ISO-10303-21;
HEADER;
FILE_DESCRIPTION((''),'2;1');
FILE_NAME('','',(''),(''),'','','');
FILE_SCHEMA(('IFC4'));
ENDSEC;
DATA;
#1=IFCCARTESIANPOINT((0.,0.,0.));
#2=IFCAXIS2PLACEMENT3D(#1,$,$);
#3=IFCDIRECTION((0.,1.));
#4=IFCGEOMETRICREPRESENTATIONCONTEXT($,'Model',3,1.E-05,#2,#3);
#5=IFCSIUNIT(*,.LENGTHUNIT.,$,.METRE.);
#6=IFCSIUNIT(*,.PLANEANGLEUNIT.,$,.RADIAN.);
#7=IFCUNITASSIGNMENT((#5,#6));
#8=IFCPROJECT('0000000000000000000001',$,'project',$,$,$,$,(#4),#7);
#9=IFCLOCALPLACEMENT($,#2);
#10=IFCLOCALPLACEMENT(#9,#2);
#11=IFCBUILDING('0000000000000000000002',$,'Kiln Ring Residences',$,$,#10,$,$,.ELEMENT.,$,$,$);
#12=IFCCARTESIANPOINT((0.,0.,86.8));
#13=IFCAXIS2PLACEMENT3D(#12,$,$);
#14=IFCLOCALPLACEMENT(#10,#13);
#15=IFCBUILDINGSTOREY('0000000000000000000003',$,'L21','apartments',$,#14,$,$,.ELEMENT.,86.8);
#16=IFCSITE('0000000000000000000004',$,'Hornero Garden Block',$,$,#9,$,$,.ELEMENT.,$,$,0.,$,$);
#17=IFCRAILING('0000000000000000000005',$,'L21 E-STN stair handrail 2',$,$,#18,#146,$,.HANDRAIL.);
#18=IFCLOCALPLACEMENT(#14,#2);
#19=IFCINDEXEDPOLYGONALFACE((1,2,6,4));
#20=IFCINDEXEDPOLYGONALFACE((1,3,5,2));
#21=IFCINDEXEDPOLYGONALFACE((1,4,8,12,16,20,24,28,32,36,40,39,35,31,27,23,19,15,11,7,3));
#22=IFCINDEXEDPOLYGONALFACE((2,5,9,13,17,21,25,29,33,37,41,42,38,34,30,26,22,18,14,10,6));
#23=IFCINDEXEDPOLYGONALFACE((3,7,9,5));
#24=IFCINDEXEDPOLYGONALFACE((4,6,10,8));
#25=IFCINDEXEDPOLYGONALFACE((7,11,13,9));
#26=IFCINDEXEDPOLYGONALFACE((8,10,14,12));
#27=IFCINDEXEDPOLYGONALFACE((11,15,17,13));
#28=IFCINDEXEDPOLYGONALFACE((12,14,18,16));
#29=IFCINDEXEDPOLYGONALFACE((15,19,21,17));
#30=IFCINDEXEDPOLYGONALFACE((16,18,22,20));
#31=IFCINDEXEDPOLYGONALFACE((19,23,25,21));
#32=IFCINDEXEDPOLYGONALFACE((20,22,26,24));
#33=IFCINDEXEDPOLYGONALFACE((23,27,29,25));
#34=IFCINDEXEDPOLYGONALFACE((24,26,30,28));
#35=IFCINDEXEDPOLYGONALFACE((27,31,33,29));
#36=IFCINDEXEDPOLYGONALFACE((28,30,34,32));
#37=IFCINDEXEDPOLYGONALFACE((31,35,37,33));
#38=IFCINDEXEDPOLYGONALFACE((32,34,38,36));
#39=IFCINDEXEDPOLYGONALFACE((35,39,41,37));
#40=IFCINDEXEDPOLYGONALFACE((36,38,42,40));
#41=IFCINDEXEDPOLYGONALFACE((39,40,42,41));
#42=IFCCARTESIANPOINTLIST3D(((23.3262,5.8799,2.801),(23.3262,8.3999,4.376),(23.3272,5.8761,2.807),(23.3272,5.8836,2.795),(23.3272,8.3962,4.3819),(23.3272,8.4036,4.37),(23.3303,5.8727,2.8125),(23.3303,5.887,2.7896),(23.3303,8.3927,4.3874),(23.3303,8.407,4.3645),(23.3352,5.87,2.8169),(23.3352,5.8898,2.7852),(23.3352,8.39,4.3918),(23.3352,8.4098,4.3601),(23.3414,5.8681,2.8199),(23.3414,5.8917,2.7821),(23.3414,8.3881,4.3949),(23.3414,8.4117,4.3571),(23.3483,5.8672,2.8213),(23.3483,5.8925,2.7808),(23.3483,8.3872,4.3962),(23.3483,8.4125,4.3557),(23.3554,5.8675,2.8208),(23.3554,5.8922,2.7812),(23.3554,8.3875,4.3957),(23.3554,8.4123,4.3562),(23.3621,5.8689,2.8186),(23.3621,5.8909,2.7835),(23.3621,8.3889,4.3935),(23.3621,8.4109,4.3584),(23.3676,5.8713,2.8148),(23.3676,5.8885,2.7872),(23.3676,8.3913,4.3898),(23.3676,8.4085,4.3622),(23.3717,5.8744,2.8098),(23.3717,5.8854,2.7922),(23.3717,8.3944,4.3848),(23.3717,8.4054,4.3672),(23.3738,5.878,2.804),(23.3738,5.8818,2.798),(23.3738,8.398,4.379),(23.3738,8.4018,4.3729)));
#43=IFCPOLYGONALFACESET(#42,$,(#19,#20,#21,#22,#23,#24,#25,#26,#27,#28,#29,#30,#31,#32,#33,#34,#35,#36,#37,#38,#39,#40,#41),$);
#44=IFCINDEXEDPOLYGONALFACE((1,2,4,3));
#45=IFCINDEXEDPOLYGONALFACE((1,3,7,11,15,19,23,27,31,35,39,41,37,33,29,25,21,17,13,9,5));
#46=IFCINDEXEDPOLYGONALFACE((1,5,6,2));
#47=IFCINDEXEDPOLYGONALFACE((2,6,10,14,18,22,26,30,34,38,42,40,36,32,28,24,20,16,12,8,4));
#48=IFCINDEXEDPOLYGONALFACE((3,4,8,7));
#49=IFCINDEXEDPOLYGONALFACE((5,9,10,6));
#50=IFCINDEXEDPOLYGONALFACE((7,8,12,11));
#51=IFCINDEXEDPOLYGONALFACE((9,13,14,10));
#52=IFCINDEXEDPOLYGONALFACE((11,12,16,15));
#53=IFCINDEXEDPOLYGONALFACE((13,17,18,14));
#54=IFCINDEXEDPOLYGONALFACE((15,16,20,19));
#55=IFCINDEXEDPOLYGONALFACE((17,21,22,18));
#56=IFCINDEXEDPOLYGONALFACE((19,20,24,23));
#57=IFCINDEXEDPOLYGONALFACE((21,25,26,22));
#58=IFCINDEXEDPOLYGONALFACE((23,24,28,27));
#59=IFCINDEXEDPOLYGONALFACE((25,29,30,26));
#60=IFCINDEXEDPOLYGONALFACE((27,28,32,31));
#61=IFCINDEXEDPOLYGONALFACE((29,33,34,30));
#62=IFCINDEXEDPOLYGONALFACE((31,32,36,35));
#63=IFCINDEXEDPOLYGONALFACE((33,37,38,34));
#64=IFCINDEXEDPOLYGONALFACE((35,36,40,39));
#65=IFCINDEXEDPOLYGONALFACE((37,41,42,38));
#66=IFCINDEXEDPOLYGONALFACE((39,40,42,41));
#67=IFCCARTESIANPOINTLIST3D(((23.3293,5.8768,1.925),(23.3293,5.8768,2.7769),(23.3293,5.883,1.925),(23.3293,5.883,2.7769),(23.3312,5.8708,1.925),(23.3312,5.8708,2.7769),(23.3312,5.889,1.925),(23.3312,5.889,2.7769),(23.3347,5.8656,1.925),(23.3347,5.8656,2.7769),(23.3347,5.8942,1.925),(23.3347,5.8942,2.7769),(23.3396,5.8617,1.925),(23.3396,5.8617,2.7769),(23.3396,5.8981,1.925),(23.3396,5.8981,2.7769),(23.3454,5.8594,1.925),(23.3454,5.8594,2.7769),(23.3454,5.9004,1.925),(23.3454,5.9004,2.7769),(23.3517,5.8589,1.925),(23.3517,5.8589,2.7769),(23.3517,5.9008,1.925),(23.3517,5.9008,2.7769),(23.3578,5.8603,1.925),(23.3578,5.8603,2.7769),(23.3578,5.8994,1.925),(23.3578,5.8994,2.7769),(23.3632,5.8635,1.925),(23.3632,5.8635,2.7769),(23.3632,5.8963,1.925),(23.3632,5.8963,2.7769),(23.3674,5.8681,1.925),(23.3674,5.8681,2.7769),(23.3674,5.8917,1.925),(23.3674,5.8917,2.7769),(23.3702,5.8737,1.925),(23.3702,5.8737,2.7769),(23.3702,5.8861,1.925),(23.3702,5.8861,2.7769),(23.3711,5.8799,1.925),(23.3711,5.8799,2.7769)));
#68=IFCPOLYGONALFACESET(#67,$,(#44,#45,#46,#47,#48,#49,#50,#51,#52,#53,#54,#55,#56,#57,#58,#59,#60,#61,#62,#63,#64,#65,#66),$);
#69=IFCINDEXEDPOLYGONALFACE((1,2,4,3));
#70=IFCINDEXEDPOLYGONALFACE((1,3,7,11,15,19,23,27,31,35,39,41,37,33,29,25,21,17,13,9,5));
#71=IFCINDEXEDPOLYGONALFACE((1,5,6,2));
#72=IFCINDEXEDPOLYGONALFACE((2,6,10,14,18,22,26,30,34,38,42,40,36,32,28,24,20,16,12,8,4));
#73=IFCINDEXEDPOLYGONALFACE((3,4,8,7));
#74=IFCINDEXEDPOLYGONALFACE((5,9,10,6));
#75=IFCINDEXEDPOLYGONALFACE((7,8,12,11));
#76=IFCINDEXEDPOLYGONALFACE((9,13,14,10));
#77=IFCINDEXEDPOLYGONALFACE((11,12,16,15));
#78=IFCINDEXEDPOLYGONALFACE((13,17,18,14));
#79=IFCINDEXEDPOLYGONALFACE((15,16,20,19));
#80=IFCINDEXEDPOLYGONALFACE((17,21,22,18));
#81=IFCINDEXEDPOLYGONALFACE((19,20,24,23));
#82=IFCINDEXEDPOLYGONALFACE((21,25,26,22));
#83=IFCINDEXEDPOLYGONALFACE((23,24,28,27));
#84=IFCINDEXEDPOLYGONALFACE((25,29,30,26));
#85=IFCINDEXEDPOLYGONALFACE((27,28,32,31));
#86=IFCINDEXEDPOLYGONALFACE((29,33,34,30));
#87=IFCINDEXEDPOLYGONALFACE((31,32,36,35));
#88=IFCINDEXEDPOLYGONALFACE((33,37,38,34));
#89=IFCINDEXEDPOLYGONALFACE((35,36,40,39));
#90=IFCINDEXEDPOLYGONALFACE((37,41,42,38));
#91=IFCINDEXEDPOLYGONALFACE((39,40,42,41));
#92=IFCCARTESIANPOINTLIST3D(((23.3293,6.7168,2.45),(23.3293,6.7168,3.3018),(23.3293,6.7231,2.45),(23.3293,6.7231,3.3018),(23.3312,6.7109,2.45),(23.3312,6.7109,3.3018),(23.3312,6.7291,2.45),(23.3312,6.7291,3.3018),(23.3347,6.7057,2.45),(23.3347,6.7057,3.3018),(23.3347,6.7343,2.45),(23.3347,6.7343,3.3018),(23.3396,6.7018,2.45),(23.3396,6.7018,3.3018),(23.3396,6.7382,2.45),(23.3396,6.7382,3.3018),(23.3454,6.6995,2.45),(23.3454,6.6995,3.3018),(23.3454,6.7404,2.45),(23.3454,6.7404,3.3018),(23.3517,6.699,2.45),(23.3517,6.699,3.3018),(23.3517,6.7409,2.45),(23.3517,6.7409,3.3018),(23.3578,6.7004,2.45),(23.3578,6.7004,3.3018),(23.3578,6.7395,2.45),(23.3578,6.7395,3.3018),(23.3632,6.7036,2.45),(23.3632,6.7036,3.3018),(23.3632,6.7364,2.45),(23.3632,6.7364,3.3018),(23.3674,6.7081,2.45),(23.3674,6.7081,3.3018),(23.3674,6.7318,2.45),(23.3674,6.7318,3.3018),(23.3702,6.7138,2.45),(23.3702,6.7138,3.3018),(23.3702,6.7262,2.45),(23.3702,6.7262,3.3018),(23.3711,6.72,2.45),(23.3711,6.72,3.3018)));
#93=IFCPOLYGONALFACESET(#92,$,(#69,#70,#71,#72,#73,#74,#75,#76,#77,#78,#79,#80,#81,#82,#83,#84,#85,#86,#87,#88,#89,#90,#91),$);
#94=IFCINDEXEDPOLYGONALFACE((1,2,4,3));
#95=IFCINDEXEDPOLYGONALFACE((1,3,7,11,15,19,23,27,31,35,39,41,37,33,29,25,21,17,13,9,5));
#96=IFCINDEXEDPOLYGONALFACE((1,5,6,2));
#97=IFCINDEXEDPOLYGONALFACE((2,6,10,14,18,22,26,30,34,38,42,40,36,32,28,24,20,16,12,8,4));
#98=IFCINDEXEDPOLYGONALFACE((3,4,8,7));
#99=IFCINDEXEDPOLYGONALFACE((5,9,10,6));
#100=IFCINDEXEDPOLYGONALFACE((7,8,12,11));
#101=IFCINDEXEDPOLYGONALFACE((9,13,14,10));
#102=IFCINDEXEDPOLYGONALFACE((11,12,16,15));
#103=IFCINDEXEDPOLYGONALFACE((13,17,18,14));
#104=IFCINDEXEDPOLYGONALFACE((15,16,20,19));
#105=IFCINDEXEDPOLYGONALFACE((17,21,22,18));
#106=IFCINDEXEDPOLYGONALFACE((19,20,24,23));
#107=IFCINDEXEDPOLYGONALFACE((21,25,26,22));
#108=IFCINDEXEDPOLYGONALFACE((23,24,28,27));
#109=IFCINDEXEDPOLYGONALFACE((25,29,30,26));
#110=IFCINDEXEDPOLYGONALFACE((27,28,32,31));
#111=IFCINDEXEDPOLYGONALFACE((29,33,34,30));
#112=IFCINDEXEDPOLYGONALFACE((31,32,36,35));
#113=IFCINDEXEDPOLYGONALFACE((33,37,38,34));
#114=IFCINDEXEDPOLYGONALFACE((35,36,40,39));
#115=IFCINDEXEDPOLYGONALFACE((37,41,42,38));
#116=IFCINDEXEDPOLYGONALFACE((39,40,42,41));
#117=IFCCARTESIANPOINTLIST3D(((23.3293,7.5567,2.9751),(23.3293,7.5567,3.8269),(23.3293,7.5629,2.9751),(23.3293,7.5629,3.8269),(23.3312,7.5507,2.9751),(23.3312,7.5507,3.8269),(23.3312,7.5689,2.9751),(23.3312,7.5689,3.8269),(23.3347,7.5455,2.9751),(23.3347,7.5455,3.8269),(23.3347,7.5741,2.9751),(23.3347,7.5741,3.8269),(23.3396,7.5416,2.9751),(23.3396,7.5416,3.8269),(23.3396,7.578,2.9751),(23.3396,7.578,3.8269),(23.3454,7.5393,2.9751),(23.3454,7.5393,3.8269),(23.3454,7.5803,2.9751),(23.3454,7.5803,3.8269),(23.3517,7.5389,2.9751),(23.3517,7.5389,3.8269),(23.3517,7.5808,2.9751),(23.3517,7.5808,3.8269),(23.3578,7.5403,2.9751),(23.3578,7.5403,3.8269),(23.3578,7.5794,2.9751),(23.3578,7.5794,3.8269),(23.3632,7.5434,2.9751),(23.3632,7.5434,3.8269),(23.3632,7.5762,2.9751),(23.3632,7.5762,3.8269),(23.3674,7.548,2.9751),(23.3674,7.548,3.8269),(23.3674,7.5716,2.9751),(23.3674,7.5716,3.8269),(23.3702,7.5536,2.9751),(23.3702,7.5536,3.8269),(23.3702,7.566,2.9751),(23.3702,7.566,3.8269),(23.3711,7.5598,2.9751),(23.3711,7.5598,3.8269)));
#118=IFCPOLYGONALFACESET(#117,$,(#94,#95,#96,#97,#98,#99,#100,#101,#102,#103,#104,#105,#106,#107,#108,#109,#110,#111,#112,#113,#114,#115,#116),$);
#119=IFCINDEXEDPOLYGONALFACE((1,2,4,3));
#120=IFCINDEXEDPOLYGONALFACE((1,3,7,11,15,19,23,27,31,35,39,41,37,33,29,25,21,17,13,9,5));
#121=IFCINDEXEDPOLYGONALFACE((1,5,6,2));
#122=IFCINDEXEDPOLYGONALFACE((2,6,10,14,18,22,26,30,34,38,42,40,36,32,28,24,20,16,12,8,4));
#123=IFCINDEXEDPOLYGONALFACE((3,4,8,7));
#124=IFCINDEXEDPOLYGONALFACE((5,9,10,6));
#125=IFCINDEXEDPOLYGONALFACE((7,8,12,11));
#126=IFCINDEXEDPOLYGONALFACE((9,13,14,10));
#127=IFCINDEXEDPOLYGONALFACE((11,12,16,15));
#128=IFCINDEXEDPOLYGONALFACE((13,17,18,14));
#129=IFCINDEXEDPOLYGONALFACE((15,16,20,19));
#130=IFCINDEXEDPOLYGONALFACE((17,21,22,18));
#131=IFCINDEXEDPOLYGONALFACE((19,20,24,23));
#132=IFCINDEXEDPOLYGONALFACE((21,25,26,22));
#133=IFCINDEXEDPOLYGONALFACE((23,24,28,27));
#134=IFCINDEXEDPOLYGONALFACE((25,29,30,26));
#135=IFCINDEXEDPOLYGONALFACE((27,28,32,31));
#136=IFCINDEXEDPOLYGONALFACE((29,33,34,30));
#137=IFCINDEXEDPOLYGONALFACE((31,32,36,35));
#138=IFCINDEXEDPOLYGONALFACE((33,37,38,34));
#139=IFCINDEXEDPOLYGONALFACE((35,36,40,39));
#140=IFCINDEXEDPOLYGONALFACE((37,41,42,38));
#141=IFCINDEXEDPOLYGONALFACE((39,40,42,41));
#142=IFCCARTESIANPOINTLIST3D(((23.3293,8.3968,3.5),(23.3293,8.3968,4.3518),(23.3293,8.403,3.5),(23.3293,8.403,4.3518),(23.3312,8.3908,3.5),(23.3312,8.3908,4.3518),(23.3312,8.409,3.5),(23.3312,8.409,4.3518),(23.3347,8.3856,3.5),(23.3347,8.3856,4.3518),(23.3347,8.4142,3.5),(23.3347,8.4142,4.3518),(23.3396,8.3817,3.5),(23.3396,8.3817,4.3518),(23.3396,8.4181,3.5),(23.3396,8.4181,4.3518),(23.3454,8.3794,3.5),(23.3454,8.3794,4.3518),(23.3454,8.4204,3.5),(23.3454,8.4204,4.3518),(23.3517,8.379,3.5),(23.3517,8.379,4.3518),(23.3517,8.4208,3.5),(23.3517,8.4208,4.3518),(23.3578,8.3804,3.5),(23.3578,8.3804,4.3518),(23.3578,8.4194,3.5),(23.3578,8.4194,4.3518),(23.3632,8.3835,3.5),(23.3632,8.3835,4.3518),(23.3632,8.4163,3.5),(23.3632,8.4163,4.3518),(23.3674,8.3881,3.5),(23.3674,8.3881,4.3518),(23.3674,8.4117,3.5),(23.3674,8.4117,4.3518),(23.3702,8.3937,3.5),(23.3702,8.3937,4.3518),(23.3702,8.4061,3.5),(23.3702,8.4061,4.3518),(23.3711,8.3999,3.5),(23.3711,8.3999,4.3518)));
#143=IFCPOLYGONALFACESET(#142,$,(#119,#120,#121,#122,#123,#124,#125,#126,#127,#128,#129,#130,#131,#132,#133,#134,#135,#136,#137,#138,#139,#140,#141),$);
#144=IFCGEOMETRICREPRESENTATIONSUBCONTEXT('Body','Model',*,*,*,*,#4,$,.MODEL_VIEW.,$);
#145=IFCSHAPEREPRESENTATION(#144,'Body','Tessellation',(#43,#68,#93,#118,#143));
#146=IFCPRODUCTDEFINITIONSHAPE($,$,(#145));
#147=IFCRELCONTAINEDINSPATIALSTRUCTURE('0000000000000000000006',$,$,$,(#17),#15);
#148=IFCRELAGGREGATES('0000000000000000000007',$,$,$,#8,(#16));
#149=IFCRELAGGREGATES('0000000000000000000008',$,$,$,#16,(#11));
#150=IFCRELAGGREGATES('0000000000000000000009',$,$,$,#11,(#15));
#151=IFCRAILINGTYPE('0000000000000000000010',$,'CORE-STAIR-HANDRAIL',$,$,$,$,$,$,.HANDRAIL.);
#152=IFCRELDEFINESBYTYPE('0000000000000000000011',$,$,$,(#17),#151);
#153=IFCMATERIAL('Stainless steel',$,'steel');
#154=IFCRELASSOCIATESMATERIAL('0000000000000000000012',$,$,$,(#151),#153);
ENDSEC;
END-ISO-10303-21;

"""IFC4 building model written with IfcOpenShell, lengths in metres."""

from ifc_helpers import new_model, si_unit, direction, frame, origin, origin_2d, place, context, subcontext, project, spatial, circle, extrude, material, type_object, element, save


model = new_model("IFC4")

# Units and contexts
model_context = context("Model", 3, precision=1e-05, world=origin(), true_north=direction((0.0, 1.0)))
body_context = subcontext(model_context, "Body", "Model", "MODEL_VIEW")
ifc_project = project(units=[si_unit("LENGTHUNIT", "METRE"), si_unit("PLANEANGLEUNIT", "RADIAN")], contexts=[model_context])

# Site, building, storey
site_placement = place(None, origin())
site = spatial("IfcSite", under=ifc_project, at=site_placement, Name="Hornero Garden Block", CompositionType="ELEMENT", RefElevation=0.0)
building_placement = place(site_placement, origin())
building = spatial("IfcBuilding", under=site, at=building_placement, Name="Kiln Ring Residences", CompositionType="ELEMENT")
storey_placement = place(building_placement, frame((0.0, 0.0, 86.8)))
storey = spatial("IfcBuildingStorey", under=building, at=storey_placement, Name="L21", Description="apartments", CompositionType="ELEMENT", Elevation=86.8)

# Railing
ifc_material_1 = material(Name="Stainless steel", Category="steel")
railing_type_1 = type_object("IfcRailingType", Name="CORE-STAIR-HANDRAIL", PredefinedType="HANDRAIL", material=ifc_material_1)
railing_1_placement = place(storey_placement, frame((23.3501, 5.8799, 1.925)))
element("IfcRailing", 1, at=railing_1_placement, inside=storey, type_object=railing_type_1, Name="L21 E-STN stair handrail 2", PredefinedType="HANDRAIL", context=body_context, shape_type="SweptSolid", body=[
    extrude(circle(Radius=0.0239, at=origin_2d()), frame((0.0, 0.0, 0.876), z_axis=(0.0, 0.848008, 0.529984), x_axis=(-1.0, 0.0, 0.0)), (0.0, 0.0, 1.0), 2.9717),
    extrude(circle(Radius=0.021, at=origin_2d()), origin(), (0.0, 0.0, 1.0), 0.8518),
    extrude(circle(Radius=0.021, at=origin_2d()), frame((0.0, 0.8401, 0.5249)), (0.0, 0.0, 1.0), 0.8518),
    extrude(circle(Radius=0.021, at=origin_2d()), frame((0.0, 1.6799, 1.05)), (0.0, 0.0, 1.0), 0.8518),
    extrude(circle(Radius=0.021, at=origin_2d()), frame((0.0, 2.52, 1.575)), (0.0, 0.0, 1.0), 0.8518),
])

save(model, "model.ifc")
